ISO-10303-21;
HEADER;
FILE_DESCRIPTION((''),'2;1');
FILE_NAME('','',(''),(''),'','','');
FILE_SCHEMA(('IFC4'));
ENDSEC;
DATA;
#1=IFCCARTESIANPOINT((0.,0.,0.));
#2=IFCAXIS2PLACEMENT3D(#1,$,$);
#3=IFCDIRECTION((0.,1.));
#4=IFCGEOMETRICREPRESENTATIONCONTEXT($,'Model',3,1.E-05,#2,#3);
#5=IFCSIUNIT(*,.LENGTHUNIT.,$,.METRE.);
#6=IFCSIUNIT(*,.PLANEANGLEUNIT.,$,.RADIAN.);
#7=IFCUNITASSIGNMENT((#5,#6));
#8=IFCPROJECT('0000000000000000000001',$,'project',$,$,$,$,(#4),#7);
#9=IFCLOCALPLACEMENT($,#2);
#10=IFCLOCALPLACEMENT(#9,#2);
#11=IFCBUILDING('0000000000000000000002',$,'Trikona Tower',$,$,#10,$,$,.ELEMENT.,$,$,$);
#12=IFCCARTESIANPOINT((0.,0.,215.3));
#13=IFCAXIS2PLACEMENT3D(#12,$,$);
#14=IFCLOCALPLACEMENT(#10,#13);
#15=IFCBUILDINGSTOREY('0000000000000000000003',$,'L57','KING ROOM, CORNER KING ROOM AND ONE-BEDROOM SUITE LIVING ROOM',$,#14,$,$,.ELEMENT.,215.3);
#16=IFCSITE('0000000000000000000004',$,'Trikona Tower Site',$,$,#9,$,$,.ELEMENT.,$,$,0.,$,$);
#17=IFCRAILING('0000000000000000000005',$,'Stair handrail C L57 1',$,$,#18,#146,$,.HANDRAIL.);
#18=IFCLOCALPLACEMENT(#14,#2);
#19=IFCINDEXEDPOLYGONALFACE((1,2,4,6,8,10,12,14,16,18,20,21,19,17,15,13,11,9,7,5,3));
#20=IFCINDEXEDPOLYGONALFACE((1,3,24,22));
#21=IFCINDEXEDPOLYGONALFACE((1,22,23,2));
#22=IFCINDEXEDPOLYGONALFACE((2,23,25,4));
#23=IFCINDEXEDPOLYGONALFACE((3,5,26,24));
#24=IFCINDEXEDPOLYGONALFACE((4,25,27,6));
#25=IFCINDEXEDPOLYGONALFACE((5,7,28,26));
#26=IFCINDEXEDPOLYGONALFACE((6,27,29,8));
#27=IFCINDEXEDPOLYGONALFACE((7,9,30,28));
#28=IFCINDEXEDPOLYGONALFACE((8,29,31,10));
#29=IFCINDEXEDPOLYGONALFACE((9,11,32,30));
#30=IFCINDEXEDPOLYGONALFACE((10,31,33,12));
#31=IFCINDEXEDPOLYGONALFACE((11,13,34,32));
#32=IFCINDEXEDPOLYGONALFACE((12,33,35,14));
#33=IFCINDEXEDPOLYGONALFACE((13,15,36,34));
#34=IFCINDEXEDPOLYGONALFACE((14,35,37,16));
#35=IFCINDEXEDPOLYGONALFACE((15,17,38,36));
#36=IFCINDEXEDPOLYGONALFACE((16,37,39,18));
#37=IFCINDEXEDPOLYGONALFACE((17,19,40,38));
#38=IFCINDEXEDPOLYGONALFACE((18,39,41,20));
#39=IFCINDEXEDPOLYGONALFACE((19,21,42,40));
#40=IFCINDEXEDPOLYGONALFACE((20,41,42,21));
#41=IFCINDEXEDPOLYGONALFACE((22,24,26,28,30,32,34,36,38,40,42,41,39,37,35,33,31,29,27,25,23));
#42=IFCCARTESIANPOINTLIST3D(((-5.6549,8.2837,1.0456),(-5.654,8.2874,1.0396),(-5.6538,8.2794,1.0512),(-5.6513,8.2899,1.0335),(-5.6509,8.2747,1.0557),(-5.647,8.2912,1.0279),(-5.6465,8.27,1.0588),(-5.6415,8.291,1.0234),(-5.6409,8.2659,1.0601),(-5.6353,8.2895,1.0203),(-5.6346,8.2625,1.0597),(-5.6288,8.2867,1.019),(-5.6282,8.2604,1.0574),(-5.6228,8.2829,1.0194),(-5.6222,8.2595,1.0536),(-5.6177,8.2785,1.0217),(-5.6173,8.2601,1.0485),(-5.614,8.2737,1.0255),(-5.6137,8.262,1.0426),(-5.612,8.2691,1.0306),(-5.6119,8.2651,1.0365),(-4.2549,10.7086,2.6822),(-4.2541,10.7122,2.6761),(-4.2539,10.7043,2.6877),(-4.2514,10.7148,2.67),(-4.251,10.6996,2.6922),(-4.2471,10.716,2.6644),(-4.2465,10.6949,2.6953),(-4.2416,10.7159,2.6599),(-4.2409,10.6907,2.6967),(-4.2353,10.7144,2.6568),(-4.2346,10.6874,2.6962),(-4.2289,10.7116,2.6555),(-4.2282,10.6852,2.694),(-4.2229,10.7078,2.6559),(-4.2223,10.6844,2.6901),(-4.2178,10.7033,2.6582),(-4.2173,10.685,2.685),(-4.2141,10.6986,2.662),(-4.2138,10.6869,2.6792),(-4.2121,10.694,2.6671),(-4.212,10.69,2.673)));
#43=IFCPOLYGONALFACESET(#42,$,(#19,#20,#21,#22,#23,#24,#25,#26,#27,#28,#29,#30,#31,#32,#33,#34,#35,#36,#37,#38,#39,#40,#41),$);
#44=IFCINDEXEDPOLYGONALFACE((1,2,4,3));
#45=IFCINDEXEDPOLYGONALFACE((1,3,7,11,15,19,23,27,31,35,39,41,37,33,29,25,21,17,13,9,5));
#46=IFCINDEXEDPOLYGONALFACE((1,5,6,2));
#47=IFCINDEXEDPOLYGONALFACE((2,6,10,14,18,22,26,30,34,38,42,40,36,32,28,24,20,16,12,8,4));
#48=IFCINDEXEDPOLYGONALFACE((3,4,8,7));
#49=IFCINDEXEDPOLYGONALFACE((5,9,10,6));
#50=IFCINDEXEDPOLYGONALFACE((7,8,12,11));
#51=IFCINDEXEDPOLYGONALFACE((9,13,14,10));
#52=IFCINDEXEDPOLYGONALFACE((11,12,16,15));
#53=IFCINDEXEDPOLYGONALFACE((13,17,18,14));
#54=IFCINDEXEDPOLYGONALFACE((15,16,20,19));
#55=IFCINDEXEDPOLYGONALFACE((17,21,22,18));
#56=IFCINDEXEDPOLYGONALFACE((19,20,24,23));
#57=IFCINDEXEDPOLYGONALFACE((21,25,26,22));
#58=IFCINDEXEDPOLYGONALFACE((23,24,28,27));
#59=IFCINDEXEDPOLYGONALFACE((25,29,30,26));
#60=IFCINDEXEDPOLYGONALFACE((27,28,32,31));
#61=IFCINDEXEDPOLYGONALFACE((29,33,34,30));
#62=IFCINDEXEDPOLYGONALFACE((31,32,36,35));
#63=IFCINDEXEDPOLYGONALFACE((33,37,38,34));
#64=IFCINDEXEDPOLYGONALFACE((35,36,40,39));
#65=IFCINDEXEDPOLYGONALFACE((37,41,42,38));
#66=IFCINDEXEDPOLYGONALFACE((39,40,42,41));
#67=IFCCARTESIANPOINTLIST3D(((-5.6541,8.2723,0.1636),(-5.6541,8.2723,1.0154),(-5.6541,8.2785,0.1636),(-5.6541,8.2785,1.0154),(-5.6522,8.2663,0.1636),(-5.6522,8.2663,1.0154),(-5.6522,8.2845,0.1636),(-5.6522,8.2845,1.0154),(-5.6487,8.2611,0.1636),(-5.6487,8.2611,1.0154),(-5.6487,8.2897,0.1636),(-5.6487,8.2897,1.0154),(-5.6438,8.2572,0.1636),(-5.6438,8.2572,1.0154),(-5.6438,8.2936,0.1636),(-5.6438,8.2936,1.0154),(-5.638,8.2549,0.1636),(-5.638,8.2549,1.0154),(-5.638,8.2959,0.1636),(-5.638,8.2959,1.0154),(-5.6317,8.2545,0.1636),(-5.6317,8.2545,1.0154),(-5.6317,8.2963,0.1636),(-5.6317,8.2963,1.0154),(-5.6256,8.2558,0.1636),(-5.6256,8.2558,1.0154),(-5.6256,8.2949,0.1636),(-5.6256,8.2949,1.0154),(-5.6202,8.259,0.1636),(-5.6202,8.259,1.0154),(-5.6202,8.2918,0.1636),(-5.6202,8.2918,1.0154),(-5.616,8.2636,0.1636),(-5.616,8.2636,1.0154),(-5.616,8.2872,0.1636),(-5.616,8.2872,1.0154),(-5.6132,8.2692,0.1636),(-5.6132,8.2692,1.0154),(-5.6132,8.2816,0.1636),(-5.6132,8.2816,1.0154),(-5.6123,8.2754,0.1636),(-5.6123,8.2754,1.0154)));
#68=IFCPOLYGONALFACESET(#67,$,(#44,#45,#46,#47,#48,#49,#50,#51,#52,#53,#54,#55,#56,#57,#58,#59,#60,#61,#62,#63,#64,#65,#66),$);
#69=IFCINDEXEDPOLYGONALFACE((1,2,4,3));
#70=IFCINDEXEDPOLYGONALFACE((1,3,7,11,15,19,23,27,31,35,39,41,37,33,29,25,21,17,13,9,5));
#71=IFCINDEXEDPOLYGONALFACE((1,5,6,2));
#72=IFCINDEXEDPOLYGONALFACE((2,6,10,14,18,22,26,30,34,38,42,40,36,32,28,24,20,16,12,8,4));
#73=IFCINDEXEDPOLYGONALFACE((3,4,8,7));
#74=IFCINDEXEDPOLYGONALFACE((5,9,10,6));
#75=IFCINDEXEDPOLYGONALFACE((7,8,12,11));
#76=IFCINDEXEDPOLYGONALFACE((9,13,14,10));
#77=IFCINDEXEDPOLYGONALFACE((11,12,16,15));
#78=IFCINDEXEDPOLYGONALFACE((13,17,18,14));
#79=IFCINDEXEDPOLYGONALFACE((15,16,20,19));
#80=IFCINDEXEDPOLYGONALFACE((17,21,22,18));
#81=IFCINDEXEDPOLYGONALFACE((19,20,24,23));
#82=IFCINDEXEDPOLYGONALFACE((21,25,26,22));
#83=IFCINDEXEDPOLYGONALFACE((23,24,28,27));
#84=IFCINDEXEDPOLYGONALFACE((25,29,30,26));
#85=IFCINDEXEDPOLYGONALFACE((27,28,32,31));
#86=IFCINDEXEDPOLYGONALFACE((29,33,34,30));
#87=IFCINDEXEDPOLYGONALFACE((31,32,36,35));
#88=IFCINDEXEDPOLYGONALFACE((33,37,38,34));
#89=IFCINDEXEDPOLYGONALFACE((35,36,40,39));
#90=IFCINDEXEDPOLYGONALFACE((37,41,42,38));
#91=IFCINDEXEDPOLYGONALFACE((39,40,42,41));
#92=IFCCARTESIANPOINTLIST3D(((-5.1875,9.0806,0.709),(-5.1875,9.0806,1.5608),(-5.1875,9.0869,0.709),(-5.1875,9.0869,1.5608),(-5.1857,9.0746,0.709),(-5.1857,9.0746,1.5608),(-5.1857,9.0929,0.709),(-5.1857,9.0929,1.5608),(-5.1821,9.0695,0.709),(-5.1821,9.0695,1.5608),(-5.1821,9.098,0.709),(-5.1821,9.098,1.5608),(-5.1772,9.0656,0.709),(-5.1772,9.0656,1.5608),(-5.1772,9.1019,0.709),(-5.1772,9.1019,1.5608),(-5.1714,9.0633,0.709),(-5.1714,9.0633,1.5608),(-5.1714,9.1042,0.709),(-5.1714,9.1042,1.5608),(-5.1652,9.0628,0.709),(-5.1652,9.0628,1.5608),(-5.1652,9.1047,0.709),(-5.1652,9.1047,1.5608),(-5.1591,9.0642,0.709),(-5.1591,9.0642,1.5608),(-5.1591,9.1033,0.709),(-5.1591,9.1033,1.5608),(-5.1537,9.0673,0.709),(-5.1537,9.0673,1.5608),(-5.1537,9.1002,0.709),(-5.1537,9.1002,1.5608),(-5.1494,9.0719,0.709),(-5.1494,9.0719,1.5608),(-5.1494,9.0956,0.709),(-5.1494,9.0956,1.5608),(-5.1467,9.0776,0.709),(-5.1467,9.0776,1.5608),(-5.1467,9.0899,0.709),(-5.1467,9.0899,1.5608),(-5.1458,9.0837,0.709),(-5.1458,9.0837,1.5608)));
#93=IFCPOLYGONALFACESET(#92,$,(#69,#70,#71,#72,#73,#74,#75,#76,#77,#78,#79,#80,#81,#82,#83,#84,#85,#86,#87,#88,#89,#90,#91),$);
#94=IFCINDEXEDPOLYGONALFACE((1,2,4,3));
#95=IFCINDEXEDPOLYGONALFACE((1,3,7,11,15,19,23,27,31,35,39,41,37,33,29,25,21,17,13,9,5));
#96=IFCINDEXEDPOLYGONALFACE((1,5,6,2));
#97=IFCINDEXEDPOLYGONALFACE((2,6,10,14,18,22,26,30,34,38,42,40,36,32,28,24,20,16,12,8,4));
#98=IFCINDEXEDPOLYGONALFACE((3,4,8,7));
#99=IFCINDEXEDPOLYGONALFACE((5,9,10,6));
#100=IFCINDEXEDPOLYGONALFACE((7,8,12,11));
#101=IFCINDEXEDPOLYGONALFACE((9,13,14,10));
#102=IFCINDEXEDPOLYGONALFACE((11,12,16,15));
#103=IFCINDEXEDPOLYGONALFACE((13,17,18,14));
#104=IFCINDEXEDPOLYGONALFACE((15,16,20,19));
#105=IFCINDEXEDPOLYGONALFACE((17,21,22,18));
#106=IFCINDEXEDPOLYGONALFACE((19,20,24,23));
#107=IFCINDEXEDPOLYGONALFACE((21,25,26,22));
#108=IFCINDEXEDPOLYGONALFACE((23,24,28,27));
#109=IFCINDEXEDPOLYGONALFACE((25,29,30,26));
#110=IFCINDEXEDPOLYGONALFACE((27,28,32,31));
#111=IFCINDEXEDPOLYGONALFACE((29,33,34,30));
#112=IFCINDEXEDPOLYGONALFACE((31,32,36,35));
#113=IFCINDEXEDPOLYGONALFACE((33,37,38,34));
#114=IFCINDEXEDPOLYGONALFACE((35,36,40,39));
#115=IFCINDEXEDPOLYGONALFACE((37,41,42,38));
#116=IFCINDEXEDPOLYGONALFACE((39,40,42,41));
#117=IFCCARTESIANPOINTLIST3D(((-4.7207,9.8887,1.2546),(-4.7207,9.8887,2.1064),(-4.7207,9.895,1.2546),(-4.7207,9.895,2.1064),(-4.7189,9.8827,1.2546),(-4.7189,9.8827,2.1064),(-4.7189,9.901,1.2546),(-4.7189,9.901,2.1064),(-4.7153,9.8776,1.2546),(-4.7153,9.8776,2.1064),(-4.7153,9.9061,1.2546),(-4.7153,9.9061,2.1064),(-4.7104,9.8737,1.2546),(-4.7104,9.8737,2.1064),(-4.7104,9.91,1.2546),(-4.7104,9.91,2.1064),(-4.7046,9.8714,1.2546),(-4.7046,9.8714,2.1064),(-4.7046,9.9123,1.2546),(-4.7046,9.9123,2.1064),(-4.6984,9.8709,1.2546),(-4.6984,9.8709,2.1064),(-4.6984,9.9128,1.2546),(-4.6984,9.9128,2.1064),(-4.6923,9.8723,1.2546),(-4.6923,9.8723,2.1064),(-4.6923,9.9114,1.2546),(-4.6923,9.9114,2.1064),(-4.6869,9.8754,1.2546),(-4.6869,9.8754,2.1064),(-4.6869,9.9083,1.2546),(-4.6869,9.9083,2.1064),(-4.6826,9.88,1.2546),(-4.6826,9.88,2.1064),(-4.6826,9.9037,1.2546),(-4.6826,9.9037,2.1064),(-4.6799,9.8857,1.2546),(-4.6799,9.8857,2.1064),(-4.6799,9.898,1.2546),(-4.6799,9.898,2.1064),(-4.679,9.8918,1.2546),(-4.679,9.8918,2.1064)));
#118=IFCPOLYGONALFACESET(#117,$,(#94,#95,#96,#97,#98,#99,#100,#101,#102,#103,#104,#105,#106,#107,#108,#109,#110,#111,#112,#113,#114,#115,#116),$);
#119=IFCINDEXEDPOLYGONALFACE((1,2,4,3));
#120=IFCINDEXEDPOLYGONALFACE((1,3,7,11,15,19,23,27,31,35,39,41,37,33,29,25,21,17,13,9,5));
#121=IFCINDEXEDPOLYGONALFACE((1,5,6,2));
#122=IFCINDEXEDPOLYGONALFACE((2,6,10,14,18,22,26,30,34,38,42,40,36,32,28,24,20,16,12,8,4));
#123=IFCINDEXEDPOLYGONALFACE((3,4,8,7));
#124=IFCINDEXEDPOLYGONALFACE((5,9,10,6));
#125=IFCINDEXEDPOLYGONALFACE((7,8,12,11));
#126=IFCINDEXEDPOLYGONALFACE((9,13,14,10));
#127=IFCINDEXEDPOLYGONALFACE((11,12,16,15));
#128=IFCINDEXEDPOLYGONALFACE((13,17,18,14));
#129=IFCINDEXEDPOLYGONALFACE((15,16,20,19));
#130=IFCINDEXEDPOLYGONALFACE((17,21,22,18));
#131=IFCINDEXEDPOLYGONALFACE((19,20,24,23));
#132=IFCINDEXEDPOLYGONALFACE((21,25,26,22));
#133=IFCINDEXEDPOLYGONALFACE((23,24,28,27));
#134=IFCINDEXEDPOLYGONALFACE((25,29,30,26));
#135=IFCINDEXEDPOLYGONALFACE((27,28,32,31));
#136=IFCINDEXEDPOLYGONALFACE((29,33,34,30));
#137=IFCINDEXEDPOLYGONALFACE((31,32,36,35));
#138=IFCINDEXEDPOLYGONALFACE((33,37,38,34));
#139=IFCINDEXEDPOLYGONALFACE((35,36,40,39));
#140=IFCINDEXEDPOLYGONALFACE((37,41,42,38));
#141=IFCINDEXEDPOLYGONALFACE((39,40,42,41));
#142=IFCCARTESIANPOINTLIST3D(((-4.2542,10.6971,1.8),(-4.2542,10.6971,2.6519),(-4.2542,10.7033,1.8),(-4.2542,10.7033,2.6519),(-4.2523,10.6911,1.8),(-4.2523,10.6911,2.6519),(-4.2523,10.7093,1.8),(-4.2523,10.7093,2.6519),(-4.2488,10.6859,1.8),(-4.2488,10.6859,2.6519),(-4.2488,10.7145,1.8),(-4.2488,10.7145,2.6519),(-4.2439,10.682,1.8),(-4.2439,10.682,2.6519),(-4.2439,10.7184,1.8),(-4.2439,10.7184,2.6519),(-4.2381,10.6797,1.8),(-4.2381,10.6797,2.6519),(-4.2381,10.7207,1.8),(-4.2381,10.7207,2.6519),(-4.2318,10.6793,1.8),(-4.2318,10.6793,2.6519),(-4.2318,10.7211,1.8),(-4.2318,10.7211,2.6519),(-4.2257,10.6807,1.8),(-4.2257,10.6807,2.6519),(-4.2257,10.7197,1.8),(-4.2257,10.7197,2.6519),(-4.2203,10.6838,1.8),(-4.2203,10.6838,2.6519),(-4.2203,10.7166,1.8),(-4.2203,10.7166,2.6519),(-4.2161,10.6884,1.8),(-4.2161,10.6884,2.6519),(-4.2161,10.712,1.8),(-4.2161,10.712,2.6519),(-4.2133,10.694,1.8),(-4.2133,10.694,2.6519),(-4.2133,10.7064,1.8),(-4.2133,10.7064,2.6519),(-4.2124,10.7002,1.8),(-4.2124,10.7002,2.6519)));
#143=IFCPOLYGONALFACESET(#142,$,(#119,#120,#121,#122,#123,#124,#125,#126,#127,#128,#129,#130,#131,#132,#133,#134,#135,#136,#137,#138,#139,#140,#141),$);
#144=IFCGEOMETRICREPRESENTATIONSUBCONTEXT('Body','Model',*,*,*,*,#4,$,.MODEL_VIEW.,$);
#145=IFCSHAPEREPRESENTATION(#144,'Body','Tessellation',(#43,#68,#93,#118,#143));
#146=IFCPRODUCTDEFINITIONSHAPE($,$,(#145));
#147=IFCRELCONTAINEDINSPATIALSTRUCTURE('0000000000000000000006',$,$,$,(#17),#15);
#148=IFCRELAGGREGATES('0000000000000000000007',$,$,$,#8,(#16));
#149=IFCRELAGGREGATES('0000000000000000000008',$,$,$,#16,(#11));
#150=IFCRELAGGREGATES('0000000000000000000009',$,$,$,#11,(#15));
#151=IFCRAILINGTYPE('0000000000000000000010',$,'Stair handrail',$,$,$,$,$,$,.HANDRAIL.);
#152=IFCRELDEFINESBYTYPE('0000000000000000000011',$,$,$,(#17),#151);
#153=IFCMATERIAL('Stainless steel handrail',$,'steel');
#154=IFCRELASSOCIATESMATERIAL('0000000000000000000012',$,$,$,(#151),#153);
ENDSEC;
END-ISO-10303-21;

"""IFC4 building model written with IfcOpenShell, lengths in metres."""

from ifc_helpers import new_model, si_unit, direction, frame, origin, origin_2d, place, context, subcontext, project, spatial, circle, extrude, material, type_object, element, save


model = new_model("IFC4")

# Units and contexts
model_context = context("Model", 3, precision=1e-05, world=origin(), true_north=direction((0.0, 1.0)))
body_context = subcontext(model_context, "Body", "Model", "MODEL_VIEW")
ifc_project = project(units=[si_unit("LENGTHUNIT", "METRE"), si_unit("PLANEANGLEUNIT", "RADIAN")], contexts=[model_context])

# Site, building, storey
site_placement = place(None, origin())
site = spatial("IfcSite", under=ifc_project, at=site_placement, Name="Trikona Tower Site", CompositionType="ELEMENT", RefElevation=0.0)
building_placement = place(site_placement, origin())
building = spatial("IfcBuilding", under=site, at=building_placement, Name="Trikona Tower", CompositionType="ELEMENT")
storey_placement = place(building_placement, frame((0.0, 0.0, 215.3)))
storey = spatial("IfcBuildingStorey", under=building, at=storey_placement, Name="L57", Description="KING ROOM, CORNER KING ROOM AND ONE-BEDROOM SUITE LIVING ROOM", CompositionType="ELEMENT", Elevation=215.3)

# Railing
ifc_material_1 = material(Name="Stainless steel handrail", Category="steel")
railing_type = type_object("IfcRailingType", Name="Stair handrail", PredefinedType="HANDRAIL", material=ifc_material_1)
railing_1_placement = place(storey_placement, frame((-5.6333, 8.2754, 0.1636)))
element("IfcRailing", 1, at=railing_1_placement, inside=storey, type_object=railing_type, Name="Stair handrail C L57 1", PredefinedType="HANDRAIL", context=body_context, shape_type="SweptSolid", body=[
    extrude(circle(Radius=0.0239, at=origin_2d()), frame((0.0, 0.0, 0.876), z_axis=(0.431661, 0.74769, 0.504608), x_axis=(-0.866035, 0.499984, 0.0)), (0.0, 0.0, 1.0), 3.2432),
    extrude(circle(Radius=0.021, at=origin_2d()), origin(), (0.0, 0.0, 1.0), 0.8518),
    extrude(circle(Radius=0.021, at=origin_2d()), frame((0.4666, 0.8083, 0.5454)), (0.0, 0.0, 1.0), 0.8518),
    extrude(circle(Radius=0.021, at=origin_2d()), frame((0.9333, 1.6165, 1.0911)), (0.0, 0.0, 1.0), 0.8518),
    extrude(circle(Radius=0.021, at=origin_2d()), frame((1.3999, 2.4248, 1.6365)), (0.0, 0.0, 1.0), 0.8518),
])

save(model, "model.ifc")
